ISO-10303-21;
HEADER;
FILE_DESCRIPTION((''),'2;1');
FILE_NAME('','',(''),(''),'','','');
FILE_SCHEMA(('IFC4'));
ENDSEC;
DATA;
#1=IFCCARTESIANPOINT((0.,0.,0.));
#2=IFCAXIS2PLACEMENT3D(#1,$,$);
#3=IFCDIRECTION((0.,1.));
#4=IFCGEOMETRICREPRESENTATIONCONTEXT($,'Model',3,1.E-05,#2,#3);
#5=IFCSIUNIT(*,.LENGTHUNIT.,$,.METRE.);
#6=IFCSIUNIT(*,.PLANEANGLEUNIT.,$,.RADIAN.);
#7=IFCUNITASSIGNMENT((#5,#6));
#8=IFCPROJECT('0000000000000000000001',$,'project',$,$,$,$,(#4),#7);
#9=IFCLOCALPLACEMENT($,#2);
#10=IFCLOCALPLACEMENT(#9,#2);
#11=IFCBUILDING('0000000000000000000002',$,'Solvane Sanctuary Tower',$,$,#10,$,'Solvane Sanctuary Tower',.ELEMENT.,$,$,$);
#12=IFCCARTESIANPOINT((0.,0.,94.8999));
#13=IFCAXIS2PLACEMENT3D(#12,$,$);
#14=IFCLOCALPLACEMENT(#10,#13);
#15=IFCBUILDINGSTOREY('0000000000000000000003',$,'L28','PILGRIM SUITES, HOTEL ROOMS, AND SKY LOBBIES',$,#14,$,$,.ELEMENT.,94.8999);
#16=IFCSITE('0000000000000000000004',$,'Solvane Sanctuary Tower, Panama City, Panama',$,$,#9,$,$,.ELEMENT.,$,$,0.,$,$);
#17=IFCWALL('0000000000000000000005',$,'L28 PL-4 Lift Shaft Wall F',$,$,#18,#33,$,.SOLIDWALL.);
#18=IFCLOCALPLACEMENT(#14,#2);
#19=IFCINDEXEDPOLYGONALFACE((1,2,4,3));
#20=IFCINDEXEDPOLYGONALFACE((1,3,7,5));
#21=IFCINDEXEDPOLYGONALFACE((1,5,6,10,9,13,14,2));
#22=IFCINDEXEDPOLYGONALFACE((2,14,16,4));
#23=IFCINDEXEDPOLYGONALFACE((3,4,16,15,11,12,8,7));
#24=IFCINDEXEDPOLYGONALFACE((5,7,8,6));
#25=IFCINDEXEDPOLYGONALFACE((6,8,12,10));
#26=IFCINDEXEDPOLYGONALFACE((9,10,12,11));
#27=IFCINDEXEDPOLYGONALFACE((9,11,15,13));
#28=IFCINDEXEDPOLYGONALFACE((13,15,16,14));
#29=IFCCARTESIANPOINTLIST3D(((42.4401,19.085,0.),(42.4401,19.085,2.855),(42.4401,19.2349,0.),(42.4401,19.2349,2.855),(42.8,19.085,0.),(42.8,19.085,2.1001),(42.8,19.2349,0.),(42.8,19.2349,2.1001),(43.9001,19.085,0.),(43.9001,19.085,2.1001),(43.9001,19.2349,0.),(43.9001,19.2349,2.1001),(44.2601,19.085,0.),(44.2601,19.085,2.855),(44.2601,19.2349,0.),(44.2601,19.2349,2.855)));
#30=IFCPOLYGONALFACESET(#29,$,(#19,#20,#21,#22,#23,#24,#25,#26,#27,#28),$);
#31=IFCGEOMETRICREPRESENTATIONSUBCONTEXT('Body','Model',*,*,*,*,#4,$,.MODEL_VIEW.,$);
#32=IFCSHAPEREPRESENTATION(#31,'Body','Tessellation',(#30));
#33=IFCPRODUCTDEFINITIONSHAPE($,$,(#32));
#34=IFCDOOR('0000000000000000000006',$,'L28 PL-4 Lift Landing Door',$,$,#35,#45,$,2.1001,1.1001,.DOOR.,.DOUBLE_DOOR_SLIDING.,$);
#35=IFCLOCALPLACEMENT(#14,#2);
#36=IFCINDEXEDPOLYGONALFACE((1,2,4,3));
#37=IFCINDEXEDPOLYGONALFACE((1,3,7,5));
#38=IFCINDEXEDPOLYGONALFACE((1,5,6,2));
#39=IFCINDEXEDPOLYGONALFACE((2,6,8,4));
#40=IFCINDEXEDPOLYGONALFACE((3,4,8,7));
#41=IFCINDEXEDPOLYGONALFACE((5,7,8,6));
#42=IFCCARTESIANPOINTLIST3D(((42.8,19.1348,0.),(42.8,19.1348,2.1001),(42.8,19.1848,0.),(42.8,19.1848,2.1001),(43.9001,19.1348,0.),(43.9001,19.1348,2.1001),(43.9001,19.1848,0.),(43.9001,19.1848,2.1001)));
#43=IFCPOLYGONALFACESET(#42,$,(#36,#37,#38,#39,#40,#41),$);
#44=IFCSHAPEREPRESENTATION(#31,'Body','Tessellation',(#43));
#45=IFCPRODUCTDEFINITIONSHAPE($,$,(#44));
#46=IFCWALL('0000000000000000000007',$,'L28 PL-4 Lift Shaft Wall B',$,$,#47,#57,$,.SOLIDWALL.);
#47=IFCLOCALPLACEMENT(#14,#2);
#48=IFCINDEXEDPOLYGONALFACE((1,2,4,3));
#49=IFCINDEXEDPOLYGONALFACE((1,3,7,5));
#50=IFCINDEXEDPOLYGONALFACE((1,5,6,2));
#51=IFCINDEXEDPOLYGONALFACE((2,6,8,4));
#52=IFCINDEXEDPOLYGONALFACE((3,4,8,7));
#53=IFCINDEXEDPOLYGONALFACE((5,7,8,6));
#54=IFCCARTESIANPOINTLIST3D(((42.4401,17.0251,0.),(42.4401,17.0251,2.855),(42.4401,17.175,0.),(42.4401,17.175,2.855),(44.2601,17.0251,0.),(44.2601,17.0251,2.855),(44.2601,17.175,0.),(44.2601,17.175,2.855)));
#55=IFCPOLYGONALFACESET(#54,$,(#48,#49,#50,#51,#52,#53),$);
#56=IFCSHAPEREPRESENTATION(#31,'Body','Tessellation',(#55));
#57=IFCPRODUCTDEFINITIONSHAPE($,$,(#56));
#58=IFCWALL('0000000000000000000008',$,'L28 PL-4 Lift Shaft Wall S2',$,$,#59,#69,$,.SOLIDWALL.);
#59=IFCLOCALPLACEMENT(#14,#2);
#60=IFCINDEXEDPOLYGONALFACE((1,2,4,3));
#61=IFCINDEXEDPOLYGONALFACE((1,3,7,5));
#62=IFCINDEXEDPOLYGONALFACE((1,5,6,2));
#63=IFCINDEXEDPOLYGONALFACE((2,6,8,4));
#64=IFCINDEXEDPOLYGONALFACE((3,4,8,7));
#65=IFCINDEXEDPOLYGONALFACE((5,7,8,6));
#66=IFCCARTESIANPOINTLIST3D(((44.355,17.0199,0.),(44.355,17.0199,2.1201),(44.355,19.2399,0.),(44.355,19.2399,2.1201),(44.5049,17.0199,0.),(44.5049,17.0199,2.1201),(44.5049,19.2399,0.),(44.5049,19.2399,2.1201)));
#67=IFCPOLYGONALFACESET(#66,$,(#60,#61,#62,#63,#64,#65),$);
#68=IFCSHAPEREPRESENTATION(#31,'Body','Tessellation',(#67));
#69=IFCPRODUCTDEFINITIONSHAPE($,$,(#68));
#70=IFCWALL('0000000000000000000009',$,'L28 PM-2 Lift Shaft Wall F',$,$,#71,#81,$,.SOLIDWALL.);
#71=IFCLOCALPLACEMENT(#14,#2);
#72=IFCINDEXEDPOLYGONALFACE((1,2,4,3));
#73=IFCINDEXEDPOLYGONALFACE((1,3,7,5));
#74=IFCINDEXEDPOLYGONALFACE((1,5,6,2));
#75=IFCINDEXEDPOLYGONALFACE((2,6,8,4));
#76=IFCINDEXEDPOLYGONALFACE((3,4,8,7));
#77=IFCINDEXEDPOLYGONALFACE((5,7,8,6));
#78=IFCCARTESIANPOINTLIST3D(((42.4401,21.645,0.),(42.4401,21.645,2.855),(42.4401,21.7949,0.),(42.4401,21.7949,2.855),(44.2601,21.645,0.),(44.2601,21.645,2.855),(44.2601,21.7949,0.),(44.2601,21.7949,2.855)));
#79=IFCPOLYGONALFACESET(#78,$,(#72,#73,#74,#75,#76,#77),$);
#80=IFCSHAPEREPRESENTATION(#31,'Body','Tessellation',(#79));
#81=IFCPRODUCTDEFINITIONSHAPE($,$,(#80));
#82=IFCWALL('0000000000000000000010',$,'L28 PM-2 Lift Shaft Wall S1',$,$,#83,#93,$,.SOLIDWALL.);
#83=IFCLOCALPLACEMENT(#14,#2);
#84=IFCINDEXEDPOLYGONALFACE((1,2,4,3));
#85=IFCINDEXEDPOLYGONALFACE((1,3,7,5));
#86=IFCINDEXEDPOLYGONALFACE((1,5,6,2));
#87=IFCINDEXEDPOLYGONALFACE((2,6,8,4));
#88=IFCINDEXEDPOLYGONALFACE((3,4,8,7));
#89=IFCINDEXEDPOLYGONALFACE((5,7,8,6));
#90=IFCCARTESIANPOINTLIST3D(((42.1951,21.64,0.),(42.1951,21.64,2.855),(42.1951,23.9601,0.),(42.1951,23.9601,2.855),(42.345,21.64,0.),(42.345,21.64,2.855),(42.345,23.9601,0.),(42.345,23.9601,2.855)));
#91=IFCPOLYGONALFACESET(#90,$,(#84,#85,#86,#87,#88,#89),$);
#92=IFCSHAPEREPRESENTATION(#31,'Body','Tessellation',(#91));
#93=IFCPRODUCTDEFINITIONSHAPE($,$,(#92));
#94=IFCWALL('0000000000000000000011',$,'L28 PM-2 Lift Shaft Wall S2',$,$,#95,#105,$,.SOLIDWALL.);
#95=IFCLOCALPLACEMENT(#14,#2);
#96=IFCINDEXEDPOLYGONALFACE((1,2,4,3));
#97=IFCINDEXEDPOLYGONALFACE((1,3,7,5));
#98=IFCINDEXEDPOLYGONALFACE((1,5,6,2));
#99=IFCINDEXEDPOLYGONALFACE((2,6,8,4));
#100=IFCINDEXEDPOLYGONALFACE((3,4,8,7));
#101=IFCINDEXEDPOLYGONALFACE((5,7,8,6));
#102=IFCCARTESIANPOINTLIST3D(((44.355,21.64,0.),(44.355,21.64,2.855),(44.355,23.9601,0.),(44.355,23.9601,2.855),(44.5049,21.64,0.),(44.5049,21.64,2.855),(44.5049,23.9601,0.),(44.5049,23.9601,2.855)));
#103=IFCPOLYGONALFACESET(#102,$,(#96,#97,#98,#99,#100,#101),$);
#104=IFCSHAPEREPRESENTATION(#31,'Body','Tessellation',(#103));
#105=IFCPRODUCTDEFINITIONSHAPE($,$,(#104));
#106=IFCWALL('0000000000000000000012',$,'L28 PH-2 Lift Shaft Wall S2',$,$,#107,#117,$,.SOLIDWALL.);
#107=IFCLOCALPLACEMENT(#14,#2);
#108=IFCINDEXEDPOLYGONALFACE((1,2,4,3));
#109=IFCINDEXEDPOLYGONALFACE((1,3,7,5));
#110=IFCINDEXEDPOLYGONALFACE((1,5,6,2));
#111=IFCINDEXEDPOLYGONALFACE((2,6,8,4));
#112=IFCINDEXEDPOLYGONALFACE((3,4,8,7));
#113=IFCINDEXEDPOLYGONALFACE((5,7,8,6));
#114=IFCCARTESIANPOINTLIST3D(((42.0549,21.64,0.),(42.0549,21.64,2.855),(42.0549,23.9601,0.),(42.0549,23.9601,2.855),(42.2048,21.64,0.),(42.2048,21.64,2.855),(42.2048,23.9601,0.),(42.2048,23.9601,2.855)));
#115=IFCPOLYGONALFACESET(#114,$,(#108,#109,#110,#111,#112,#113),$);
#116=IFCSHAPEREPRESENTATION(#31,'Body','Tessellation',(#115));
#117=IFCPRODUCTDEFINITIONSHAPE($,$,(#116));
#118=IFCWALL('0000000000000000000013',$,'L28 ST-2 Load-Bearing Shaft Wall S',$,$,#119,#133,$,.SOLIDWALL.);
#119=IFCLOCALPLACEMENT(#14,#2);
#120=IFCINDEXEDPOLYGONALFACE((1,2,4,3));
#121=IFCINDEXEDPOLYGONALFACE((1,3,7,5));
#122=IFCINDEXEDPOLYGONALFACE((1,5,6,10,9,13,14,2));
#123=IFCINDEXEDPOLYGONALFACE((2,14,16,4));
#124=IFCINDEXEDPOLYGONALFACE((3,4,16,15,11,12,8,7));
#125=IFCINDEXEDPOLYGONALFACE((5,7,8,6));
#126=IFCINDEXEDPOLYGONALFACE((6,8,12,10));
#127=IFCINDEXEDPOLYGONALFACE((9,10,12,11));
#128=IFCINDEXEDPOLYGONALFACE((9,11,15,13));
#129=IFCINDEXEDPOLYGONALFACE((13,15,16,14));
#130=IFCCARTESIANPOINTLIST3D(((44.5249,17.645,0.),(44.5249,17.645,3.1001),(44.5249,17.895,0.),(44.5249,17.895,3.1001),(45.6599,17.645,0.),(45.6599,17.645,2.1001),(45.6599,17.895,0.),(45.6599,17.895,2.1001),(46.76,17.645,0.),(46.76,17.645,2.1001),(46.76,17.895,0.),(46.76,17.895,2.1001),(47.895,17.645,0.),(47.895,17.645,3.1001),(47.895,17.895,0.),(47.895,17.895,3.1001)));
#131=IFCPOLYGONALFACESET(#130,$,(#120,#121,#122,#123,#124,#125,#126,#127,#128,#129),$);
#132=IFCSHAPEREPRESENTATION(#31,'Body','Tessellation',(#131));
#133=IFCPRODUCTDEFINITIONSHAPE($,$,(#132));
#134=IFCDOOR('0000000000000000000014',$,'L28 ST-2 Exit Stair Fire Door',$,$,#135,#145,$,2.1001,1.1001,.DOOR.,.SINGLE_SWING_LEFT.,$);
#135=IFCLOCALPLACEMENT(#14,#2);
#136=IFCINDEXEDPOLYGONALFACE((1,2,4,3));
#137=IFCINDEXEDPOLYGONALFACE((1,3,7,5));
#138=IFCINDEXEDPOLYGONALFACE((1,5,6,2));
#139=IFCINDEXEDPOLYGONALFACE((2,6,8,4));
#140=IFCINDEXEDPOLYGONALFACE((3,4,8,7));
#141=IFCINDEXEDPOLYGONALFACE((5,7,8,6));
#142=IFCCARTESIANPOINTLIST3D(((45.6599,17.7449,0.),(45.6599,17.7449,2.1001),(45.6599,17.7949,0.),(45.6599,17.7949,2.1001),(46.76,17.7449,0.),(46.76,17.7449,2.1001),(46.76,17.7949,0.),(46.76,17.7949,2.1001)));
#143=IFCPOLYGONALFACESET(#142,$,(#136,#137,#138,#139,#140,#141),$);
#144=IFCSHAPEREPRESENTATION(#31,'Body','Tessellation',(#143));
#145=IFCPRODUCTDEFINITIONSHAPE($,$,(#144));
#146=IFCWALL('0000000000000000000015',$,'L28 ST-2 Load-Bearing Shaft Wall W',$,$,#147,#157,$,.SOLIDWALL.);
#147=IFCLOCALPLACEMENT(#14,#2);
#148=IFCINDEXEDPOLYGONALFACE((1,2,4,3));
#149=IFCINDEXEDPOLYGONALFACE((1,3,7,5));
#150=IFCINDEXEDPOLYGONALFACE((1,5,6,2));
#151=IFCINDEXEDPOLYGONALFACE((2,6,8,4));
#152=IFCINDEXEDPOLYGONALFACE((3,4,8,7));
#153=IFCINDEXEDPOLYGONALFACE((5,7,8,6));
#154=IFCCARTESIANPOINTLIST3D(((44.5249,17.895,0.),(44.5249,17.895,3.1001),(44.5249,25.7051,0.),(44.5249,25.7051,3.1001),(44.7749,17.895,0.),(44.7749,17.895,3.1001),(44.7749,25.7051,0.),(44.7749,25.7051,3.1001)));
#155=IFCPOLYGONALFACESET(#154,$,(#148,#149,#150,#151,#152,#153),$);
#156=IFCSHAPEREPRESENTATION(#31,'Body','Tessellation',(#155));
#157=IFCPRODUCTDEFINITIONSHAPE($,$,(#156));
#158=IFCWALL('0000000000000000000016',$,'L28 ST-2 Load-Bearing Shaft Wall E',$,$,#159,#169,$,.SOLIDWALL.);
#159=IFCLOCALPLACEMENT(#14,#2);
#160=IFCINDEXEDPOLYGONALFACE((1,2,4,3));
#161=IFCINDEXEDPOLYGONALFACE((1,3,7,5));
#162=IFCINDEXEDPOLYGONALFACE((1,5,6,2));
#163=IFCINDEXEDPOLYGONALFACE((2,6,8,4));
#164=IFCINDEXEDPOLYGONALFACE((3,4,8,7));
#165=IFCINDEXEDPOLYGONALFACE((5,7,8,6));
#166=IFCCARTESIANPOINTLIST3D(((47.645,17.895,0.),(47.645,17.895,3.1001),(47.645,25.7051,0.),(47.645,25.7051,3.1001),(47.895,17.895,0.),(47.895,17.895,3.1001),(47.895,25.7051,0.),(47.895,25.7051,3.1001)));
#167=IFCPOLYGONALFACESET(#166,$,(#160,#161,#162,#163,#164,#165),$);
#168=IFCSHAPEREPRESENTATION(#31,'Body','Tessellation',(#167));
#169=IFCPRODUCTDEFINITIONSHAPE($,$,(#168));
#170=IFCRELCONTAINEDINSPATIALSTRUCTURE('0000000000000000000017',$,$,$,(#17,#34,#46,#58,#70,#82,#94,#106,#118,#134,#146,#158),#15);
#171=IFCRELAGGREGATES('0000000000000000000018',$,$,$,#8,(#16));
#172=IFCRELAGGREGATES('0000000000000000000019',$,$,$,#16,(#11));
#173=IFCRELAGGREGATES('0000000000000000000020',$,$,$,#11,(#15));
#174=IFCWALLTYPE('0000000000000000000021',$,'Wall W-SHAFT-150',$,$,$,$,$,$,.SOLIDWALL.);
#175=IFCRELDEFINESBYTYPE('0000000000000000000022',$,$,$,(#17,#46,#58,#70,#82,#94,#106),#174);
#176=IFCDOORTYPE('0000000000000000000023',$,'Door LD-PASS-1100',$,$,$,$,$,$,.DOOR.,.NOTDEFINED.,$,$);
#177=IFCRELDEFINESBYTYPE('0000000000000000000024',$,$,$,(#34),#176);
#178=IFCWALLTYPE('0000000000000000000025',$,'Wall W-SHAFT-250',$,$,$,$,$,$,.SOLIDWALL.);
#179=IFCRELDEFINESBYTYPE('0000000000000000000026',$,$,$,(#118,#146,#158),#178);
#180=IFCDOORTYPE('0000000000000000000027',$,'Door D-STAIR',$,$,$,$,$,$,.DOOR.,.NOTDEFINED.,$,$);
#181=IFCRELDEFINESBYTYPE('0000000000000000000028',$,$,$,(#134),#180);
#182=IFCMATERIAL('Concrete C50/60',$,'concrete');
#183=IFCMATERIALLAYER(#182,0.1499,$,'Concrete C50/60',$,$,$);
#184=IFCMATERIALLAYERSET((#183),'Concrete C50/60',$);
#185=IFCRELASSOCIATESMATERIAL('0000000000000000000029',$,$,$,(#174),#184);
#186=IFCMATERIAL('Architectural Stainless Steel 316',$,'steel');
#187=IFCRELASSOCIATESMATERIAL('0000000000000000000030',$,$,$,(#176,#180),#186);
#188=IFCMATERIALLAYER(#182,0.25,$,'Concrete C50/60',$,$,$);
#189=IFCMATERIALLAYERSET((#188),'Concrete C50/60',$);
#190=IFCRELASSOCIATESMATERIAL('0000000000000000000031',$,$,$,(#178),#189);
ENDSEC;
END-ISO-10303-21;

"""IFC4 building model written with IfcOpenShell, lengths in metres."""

from ifc_helpers import new_model, si_unit, direction, frame, frame_2d, origin, place, context, subcontext, project, spatial, rectangle, extrude, material, layer, layer_set, type_object, element, fill, save


model = new_model("IFC4")

# Units and contexts
model_context = context("Model", 3, precision=1e-05, world=origin(), true_north=direction((0.0, 1.0)))
body_context = subcontext(model_context, "Body", "Model", "MODEL_VIEW")
ifc_project = project(units=[si_unit("LENGTHUNIT", "METRE"), si_unit("PLANEANGLEUNIT", "RADIAN")], contexts=[model_context])

# Site, building, storey
site_placement = place(None, origin())
site = spatial("IfcSite", under=ifc_project, at=site_placement, Name="Solvane Sanctuary Tower, Panama City, Panama", CompositionType="ELEMENT", RefElevation=0.0)
building_placement = place(site_placement, origin())
building = spatial("IfcBuilding", under=site, at=building_placement, Name="Solvane Sanctuary Tower", LongName="Solvane Sanctuary Tower", CompositionType="ELEMENT")
storey_placement = place(building_placement, frame((0.0, 0.0, 94.8999)))
storey = spatial("IfcBuildingStorey", under=building, at=storey_placement, Name="L28", Description="PILGRIM SUITES, HOTEL ROOMS, AND SKY LOBBIES", CompositionType="ELEMENT", Elevation=94.8999)

# Wall, opening, door
ifc_material_1 = material(Name="Concrete C50/60", Category="concrete")
ifc_layer_1 = layer(ifc_material_1, 0.1499, Name="Concrete C50/60")
ifc_layer_set_1 = layer_set([ifc_layer_1], Name="Concrete C50/60")
wall_type_1 = type_object("IfcWallType", Name="Wall W-SHAFT-150", PredefinedType="SOLIDWALL", material=ifc_layer_set_1)
wall_1_placement = place(storey_placement, frame((42.4399, 19.1599, 0.0), z_axis=(0.0, 0.0, 1.0), x_axis=(1.0, 0.0, 0.0)))
wall_1 = element("IfcWall", 1, at=wall_1_placement, inside=storey, type_object=wall_type_1, Name="L28 PL-4 Lift Shaft Wall F", PredefinedType="SOLIDWALL", context=body_context, shape_type="SweptSolid", body=[
    extrude(rectangle(XDim=1.8201, YDim=0.1499, at=frame_2d((0.9102, 0.0))), origin(), (0.0, 0.0, 1.0), 2.855),
])
opening_1_placement = place(wall_1_placement, frame((0.3601, 0.0, 0.0)))
opening_1 = element("IfcOpeningElement", 2, at=opening_1_placement, cuts=wall_1, PredefinedType="OPENING", context=body_context, shape_type="SweptSolid", body=[
    extrude(rectangle(XDim=1.1001, YDim=2.1001, at=frame_2d((0.55, 1.05))), frame((0.0, 0.085, 0.0), z_axis=(0.0, -1.0, 0.0), x_axis=(1.0, 0.0, 0.0)), (0.0, 0.0, 1.0), 0.1699),
])
ifc_material_2 = material(Name="Architectural Stainless Steel 316", Category="steel")
door_type_1 = type_object("IfcDoorType", Name="Door LD-PASS-1100", OperationType="NOTDEFINED", PredefinedType="DOOR", material=ifc_material_2)
door_1_placement = place(opening_1_placement, origin())
door_1 = element("IfcDoor", 3, at=door_1_placement, inside=storey, type_object=door_type_1, Name="L28 PL-4 Lift Landing Door", OperationType="DOUBLE_DOOR_SLIDING", OverallHeight=2.1001, OverallWidth=1.1001, PredefinedType="DOOR", context=body_context, shape_type="SweptSolid", body=[
    extrude(rectangle(XDim=1.1001, YDim=2.1001, at=frame_2d((0.55, 1.05))), frame((0.0, 0.0249, 0.0), z_axis=(0.0, -1.0, 0.0), x_axis=(1.0, 0.0, 0.0)), (0.0, 0.0, 1.0), 0.05),
])
fill(opening_1, door_1)

# Walls
wall_2_placement = place(storey_placement, frame((42.4399, 17.1001, 0.0), z_axis=(0.0, 0.0, 1.0), x_axis=(1.0, 0.0, 0.0)))
element("IfcWall", 4, at=wall_2_placement, inside=storey, type_object=wall_type_1, Name="L28 PL-4 Lift Shaft Wall B", PredefinedType="SOLIDWALL", context=body_context, shape_type="SweptSolid", body=[
    extrude(rectangle(XDim=1.8201, YDim=0.1499, at=frame_2d((0.9102, 0.0))), origin(), (0.0, 0.0, 1.0), 2.855),
])
wall_3_placement = place(storey_placement, frame((44.4299, 17.02, 0.0), z_axis=(0.0, 0.0, 1.0), x_axis=(0.0, 1.0, 0.0)))
element("IfcWall", 5, at=wall_3_placement, inside=storey, type_object=wall_type_1, Name="L28 PL-4 Lift Shaft Wall S2", PredefinedType="SOLIDWALL", context=body_context, shape_type="SweptSolid", body=[
    extrude(rectangle(XDim=2.22, YDim=0.1499, at=frame_2d((1.1099, 0.0))), origin(), (0.0, 0.0, 1.0), 2.1201),
])
wall_4_placement = place(storey_placement, frame((42.4399, 21.72, 0.0), z_axis=(0.0, 0.0, 1.0), x_axis=(1.0, 0.0, 0.0)))
element("IfcWall", 6, at=wall_4_placement, inside=storey, type_object=wall_type_1, Name="L28 PM-2 Lift Shaft Wall F", PredefinedType="SOLIDWALL", context=body_context, shape_type="SweptSolid", body=[
    extrude(rectangle(XDim=1.8201, YDim=0.1499, at=frame_2d((0.9102, 0.0))), origin(), (0.0, 0.0, 1.0), 2.855),
])
for number, where, z_axis, x_axis, name in (
    (7, (42.27, 21.6399, 0.0), (0.0, 0.0, 1.0), (0.0, 1.0, 0.0), "L28 PM-2 Lift Shaft Wall S1"),
    (8, (44.4299, 21.6399, 0.0), (0.0, 0.0, 1.0), (0.0, 1.0, 0.0), "L28 PM-2 Lift Shaft Wall S2"),
    (9, (42.1299, 21.6399, 0.0), (0.0, 0.0, 1.0), (0.0, 1.0, 0.0), "L28 PH-2 Lift Shaft Wall S2"),
):
    element("IfcWall", number, at=place(storey_placement, frame(where, z_axis=z_axis, x_axis=x_axis)), inside=storey, type_object=wall_type_1, Name=name, PredefinedType="SOLIDWALL", context=body_context, shape_type="SweptSolid", body=[
        extrude(rectangle(XDim=2.3201, YDim=0.1499, at=frame_2d((1.1602, 0.0))), origin(), (0.0, 0.0, 1.0), 2.855),
    ])

# Wall, opening, door
ifc_layer_2 = layer(ifc_material_1, 0.25, Name="Concrete C50/60")
ifc_layer_set_2 = layer_set([ifc_layer_2], Name="Concrete C50/60")
wall_type_2 = type_object("IfcWallType", Name="Wall W-SHAFT-250", PredefinedType="SOLIDWALL", material=ifc_layer_set_2)
wall_5_placement = place(storey_placement, frame((44.5249, 17.77, 0.0), z_axis=(0.0, 0.0, 1.0), x_axis=(1.0, 0.0, 0.0)))
wall_5 = element("IfcWall", 10, at=wall_5_placement, inside=storey, type_object=wall_type_2, Name="L28 ST-2 Load-Bearing Shaft Wall S", PredefinedType="SOLIDWALL", context=body_context, shape_type="SweptSolid", body=[
    extrude(rectangle(XDim=3.3701, YDim=0.25, at=frame_2d((1.6851, 0.0))), origin(), (0.0, 0.0, 1.0), 3.1001),
])
opening_2_placement = place(wall_5_placement, frame((1.135, 0.0, 0.0)))
opening_2 = element("IfcOpeningElement", 11, at=opening_2_placement, cuts=wall_5, PredefinedType="OPENING", context=body_context, shape_type="SweptSolid", body=[
    extrude(rectangle(XDim=1.1001, YDim=2.1001, at=frame_2d((0.55, 1.05))), frame((0.0, 0.135, 0.0), z_axis=(0.0, -1.0, 0.0), x_axis=(1.0, 0.0, 0.0)), (0.0, 0.0, 1.0), 0.27),
])
door_type_2 = type_object("IfcDoorType", Name="Door D-STAIR", OperationType="NOTDEFINED", PredefinedType="DOOR", material=ifc_material_2)
door_2_placement = place(opening_2_placement, origin())
door_2 = element("IfcDoor", 12, at=door_2_placement, inside=storey, type_object=door_type_2, Name="L28 ST-2 Exit Stair Fire Door", OperationType="SINGLE_SWING_LEFT", OverallHeight=2.1001, OverallWidth=1.1001, PredefinedType="DOOR", context=body_context, shape_type="SweptSolid", body=[
    extrude(rectangle(XDim=1.1001, YDim=2.1001, at=frame_2d((0.55, 1.05))), frame((0.0, 0.0249, 0.0), z_axis=(0.0, -1.0, 0.0), x_axis=(1.0, 0.0, 0.0)), (0.0, 0.0, 1.0), 0.05),
])
fill(opening_2, door_2)

# Walls
for number, where, z_axis, x_axis, name in (
    (13, (44.6499, 17.895, 0.0), (0.0, 0.0, 1.0), (0.0, 1.0, 0.0), "L28 ST-2 Load-Bearing Shaft Wall W"),
    (14, (47.77, 17.895, 0.0), (0.0, 0.0, 1.0), (0.0, 1.0, 0.0), "L28 ST-2 Load-Bearing Shaft Wall E"),
):
    element("IfcWall", number, at=place(storey_placement, frame(where, z_axis=z_axis, x_axis=x_axis)), inside=storey, type_object=wall_type_2, Name=name, PredefinedType="SOLIDWALL", context=body_context, shape_type="SweptSolid", body=[
        extrude(rectangle(XDim=7.8101, YDim=0.25, at=frame_2d((3.905, 0.0))), origin(), (0.0, 0.0, 1.0), 3.1001),
    ])

save(model, "model.ifc")
